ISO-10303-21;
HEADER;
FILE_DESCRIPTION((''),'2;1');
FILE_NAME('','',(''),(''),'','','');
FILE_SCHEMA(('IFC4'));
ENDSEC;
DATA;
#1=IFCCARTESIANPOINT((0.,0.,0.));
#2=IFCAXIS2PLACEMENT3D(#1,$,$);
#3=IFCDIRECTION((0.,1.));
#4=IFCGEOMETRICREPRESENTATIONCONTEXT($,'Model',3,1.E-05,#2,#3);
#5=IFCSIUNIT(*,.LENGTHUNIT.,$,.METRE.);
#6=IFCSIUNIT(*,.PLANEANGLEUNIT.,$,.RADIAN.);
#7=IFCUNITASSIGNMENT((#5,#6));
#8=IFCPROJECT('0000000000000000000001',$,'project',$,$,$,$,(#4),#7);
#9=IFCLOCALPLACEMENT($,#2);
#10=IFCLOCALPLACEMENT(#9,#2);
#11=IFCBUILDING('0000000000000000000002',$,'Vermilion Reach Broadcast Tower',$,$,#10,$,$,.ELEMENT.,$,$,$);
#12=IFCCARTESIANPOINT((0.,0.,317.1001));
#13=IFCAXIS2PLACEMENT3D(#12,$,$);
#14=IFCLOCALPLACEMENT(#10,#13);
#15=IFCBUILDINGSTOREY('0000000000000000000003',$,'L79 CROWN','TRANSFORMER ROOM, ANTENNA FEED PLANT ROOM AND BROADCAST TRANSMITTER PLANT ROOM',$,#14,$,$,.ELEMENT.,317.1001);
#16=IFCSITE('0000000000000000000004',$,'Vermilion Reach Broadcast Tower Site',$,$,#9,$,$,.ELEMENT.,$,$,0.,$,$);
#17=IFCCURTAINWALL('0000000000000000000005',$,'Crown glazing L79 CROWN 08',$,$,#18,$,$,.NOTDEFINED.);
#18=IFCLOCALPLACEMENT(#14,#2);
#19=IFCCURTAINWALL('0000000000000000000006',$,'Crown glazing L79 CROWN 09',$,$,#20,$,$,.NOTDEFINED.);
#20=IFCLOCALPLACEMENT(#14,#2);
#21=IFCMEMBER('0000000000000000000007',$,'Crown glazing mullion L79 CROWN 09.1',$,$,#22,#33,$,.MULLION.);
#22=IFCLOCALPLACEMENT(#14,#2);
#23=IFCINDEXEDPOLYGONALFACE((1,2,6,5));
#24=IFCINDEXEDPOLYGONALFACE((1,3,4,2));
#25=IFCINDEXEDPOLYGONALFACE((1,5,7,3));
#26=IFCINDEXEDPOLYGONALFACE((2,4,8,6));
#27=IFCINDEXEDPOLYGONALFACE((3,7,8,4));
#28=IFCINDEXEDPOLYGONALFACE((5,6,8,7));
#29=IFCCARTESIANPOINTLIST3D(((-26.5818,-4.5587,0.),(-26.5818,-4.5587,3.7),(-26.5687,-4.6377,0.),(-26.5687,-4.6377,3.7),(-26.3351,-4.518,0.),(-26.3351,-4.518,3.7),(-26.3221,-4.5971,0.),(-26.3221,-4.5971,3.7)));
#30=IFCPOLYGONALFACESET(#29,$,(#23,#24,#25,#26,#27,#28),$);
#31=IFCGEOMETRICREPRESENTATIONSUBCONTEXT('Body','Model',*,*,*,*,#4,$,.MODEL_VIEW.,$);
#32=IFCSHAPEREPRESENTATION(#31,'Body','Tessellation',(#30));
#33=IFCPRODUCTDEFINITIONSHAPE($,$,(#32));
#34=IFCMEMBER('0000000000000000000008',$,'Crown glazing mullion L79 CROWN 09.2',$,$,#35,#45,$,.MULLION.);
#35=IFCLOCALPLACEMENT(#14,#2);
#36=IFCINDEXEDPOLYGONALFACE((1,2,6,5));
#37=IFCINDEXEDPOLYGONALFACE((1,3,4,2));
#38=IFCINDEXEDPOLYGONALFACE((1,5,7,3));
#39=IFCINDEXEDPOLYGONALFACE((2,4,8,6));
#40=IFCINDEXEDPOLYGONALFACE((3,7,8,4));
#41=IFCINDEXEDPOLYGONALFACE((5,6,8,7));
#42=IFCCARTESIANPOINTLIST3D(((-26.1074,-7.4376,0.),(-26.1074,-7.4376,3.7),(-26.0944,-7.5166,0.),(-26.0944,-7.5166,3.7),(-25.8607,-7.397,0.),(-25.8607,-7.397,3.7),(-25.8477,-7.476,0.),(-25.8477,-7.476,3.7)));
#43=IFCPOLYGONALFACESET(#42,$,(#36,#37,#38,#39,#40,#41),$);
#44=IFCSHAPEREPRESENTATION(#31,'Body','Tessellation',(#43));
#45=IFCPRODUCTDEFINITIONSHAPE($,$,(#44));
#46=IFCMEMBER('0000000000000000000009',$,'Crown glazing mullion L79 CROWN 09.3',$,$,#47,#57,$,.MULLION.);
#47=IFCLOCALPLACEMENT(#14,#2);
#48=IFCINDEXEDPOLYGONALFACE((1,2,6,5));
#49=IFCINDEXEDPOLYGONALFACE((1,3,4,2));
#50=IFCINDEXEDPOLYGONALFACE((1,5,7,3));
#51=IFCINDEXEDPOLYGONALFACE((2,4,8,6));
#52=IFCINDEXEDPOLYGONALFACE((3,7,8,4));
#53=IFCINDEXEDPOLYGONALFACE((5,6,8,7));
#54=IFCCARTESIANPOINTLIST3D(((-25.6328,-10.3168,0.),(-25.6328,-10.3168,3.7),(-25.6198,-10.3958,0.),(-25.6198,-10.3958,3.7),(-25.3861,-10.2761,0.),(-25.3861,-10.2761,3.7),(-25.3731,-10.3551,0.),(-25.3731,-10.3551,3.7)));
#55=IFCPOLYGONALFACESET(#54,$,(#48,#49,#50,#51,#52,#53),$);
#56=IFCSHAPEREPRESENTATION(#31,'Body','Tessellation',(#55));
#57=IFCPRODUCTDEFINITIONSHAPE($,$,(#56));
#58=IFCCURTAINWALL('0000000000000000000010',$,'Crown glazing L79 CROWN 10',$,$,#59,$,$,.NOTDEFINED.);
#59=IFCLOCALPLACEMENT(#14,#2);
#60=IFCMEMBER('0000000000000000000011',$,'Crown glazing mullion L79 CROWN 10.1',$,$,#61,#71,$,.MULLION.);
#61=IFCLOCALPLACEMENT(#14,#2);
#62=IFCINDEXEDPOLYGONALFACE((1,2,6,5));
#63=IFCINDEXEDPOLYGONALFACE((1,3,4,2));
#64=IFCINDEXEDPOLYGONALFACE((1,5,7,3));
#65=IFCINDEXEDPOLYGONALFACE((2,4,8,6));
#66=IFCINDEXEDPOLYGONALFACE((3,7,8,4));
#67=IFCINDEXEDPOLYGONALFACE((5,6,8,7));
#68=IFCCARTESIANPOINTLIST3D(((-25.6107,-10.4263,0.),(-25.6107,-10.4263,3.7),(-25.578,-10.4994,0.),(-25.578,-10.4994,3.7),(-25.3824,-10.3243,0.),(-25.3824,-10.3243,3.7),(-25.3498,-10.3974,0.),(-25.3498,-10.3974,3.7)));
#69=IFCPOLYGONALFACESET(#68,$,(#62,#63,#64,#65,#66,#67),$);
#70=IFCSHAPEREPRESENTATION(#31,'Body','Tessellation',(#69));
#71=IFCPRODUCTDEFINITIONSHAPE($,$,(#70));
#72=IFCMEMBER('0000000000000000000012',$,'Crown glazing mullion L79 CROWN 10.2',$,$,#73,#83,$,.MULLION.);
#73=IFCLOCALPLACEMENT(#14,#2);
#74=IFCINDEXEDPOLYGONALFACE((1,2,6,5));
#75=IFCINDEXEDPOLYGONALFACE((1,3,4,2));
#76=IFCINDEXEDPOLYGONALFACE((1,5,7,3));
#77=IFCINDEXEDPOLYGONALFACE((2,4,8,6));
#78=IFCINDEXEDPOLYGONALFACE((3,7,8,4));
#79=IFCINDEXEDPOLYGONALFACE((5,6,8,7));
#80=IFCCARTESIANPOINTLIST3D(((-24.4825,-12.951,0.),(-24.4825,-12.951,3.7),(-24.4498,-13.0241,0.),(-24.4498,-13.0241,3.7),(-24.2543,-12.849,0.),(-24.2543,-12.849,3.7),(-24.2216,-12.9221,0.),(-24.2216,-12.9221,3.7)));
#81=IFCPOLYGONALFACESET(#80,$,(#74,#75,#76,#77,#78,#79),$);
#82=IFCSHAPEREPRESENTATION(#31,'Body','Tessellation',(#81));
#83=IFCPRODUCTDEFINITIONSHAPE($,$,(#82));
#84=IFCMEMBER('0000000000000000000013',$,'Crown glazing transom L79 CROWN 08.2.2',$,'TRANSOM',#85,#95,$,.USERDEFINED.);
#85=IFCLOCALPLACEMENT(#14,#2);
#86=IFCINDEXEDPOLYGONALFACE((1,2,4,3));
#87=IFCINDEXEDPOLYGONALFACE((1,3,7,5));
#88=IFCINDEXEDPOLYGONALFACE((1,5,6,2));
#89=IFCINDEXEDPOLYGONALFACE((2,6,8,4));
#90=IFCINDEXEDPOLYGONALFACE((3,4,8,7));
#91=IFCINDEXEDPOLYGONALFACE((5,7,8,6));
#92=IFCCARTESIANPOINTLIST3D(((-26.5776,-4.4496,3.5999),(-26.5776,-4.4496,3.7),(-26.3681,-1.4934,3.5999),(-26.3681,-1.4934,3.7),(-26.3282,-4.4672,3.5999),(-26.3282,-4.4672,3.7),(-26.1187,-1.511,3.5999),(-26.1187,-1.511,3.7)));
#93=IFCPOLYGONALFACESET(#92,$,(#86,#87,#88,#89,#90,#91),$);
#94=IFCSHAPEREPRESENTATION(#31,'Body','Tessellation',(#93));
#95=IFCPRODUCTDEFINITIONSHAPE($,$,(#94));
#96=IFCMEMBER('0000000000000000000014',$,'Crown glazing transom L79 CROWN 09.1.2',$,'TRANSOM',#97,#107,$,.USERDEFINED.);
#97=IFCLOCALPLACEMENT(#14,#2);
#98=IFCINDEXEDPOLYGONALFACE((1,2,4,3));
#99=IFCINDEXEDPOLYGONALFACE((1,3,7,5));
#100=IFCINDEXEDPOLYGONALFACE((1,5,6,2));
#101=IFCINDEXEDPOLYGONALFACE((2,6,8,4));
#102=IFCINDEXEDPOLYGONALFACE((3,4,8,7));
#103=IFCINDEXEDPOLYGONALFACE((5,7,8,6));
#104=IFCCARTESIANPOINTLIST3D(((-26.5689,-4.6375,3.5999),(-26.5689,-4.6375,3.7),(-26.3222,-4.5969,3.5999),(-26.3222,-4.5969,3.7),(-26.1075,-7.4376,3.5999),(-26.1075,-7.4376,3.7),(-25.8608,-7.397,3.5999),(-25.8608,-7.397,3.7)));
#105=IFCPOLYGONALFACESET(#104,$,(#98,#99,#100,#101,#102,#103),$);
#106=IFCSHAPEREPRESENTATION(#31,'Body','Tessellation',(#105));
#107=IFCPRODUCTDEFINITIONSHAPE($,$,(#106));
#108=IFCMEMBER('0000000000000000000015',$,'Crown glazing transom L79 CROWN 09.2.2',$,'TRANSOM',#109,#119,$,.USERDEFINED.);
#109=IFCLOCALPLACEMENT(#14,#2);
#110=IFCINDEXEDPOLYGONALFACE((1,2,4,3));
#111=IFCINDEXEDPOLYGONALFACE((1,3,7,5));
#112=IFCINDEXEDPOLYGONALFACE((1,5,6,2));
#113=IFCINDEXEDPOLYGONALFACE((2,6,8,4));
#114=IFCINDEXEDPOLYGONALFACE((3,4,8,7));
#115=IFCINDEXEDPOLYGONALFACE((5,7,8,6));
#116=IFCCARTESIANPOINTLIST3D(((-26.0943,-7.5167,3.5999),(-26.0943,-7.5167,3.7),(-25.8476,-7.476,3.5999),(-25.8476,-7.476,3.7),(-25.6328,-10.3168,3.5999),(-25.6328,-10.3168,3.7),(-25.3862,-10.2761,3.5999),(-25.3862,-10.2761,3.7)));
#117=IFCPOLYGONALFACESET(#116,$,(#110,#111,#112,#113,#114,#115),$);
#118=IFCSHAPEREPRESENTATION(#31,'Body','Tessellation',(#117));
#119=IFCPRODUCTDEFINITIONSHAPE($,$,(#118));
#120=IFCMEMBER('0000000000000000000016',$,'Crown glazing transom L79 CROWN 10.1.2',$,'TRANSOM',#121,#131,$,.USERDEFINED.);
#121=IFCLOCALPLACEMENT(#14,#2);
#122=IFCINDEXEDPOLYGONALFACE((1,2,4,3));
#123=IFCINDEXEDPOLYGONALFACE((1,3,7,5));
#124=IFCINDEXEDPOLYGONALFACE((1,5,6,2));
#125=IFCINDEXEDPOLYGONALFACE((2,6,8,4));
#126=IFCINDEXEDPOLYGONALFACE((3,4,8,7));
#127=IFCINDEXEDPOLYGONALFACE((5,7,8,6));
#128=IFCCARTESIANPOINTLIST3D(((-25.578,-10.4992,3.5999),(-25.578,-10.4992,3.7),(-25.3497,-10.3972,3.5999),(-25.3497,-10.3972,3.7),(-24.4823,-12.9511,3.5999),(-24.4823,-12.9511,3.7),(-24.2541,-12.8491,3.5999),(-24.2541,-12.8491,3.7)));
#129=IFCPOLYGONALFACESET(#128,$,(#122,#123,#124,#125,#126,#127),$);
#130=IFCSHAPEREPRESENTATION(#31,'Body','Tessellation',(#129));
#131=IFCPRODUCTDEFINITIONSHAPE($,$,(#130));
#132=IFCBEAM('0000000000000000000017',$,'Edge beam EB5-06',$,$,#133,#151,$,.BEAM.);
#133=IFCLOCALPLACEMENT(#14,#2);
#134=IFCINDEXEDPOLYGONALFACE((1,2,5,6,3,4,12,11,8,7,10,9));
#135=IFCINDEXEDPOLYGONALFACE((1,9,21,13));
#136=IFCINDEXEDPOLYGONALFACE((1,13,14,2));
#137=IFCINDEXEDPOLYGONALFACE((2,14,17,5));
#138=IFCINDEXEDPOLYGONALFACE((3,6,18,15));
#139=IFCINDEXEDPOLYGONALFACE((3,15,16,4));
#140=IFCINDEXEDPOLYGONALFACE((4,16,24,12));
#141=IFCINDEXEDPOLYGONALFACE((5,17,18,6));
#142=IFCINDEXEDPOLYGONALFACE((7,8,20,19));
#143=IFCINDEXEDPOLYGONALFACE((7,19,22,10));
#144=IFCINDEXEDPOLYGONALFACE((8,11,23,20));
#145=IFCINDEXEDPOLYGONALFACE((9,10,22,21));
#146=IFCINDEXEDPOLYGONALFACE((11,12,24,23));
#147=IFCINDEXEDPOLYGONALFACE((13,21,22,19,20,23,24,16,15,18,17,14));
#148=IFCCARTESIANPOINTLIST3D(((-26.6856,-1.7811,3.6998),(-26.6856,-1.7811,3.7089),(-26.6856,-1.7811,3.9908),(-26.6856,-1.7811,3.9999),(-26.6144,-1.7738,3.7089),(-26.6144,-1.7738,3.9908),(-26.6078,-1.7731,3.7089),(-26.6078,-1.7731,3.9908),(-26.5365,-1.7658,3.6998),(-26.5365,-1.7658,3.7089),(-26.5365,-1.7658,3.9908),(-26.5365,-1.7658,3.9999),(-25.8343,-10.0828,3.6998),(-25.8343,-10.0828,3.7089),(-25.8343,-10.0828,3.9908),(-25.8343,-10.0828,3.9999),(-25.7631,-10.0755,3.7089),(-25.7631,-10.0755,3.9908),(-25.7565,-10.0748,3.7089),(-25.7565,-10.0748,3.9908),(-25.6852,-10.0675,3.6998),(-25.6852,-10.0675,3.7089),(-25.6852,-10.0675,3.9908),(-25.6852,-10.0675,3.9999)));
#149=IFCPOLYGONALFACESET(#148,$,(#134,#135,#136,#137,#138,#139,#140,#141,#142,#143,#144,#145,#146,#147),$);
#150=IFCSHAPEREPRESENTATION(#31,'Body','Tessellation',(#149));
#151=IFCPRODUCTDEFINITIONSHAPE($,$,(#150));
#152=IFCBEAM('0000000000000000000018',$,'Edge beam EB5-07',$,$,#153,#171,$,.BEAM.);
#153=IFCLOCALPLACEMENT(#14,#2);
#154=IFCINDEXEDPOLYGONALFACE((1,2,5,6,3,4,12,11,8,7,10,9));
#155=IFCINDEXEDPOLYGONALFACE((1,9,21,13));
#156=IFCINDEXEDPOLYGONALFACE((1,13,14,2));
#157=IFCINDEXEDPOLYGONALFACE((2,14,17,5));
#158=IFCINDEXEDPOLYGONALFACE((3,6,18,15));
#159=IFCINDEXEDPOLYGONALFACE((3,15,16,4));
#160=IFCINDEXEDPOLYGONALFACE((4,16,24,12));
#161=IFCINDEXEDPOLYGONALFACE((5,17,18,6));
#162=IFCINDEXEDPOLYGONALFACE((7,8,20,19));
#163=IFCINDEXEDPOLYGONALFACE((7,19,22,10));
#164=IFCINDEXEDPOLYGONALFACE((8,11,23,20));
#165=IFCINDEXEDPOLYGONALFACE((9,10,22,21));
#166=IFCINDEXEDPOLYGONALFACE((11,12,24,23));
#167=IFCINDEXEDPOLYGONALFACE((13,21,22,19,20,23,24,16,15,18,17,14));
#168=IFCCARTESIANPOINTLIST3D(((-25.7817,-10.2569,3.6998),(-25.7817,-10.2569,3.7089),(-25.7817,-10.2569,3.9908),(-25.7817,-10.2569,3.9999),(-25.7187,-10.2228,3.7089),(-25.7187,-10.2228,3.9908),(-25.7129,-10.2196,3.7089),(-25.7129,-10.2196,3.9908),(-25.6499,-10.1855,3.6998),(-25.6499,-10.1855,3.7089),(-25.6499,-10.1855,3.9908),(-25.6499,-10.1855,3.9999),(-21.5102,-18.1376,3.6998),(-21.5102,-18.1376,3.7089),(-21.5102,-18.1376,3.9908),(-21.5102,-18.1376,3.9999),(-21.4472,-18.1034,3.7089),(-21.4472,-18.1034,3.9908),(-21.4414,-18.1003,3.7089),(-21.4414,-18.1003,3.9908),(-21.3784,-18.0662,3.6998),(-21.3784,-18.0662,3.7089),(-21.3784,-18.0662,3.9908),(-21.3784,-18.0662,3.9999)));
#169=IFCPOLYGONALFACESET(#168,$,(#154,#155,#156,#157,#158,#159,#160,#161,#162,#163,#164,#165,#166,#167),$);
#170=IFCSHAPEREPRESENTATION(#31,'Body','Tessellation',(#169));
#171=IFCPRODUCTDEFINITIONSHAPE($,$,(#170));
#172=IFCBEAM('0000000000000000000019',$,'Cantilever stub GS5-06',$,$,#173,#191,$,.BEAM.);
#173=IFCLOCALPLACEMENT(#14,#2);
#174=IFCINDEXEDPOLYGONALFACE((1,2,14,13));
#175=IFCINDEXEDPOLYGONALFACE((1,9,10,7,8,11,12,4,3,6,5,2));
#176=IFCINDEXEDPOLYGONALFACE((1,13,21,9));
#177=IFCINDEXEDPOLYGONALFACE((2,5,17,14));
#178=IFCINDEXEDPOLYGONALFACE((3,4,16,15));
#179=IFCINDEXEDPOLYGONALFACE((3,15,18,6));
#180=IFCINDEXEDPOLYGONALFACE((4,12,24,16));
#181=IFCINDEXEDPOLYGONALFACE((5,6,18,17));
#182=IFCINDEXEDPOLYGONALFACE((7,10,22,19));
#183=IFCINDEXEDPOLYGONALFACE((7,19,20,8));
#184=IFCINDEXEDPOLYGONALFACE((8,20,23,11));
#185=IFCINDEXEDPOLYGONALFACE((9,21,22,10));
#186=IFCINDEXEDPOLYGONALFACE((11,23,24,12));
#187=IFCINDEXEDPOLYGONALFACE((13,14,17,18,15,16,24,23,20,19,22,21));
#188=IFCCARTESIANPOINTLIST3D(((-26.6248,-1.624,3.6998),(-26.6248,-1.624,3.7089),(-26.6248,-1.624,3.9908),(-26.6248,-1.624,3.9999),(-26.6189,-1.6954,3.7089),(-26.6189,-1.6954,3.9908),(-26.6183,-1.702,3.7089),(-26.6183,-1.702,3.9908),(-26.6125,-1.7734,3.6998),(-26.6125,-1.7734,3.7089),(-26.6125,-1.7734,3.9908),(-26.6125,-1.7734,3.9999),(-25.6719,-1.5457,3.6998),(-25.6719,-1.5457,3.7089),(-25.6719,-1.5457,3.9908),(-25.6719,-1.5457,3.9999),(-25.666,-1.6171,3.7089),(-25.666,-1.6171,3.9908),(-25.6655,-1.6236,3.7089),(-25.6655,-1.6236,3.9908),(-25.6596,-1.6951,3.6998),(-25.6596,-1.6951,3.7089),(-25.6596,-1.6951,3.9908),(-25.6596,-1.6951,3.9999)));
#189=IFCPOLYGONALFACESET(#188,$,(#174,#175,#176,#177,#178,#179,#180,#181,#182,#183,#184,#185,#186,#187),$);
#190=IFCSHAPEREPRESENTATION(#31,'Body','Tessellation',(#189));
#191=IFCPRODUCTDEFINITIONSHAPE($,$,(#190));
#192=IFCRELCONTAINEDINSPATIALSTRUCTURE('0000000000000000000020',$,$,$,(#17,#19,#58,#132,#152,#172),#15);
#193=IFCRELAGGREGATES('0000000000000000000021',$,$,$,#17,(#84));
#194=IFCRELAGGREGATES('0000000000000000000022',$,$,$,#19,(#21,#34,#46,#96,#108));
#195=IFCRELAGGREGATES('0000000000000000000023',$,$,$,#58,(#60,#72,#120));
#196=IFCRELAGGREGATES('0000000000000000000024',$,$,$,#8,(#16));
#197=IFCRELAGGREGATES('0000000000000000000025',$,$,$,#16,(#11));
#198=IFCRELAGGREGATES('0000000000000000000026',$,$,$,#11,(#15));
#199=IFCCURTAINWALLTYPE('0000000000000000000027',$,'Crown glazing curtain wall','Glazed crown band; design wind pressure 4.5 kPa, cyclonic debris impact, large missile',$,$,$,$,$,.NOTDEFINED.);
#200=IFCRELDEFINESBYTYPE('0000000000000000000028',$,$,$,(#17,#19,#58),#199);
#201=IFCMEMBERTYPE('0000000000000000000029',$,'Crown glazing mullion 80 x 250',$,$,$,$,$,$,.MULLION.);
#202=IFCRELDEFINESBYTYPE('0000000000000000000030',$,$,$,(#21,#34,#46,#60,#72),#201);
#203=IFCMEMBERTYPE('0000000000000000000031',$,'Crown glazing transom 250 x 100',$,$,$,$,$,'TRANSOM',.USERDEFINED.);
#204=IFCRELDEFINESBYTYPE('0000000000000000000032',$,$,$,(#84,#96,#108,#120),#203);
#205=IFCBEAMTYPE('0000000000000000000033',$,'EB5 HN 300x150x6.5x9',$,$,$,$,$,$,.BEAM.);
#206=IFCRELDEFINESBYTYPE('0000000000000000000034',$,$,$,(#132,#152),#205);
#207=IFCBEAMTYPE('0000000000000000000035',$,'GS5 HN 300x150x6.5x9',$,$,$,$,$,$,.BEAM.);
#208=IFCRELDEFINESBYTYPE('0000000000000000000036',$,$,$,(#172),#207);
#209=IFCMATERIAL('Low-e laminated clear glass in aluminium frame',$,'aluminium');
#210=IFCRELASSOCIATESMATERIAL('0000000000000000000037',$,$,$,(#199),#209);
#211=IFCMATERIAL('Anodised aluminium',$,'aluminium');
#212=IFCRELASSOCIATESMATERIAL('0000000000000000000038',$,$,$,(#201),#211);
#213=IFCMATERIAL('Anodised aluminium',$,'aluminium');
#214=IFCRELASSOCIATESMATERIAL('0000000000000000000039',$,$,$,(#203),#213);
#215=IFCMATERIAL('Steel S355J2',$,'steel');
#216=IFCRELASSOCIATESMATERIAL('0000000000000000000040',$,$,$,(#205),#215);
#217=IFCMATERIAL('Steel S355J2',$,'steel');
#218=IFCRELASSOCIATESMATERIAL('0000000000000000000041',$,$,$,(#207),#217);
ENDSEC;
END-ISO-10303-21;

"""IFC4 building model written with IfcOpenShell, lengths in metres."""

from ifc_helpers import new_model, si_unit, direction, frame, origin, origin_2d, place, context, subcontext, project, spatial, rectangle, i_section, extrude, material, material_profile, profile_set, type_object, element, aggregate, save


model = new_model("IFC4")

# Units and contexts
model_context = context("Model", 3, precision=1e-05, world=origin(), true_north=direction((0.0, 1.0)))
body_context = subcontext(model_context, "Body", "Model", "MODEL_VIEW")
ifc_project = project(units=[si_unit("LENGTHUNIT", "METRE"), si_unit("PLANEANGLEUNIT", "RADIAN")], contexts=[model_context])

# Site, building, storey
site_placement = place(None, origin())
site = spatial("IfcSite", under=ifc_project, at=site_placement, Name="Vermilion Reach Broadcast Tower Site", CompositionType="ELEMENT", RefElevation=0.0)
building_placement = place(site_placement, origin())
building = spatial("IfcBuilding", under=site, at=building_placement, Name="Vermilion Reach Broadcast Tower", CompositionType="ELEMENT")
storey_placement = place(building_placement, frame((0.0, 0.0, 317.1001)))
storey = spatial("IfcBuildingStorey", under=building, at=storey_placement, Name="L79 CROWN", Description="TRANSFORMER ROOM, ANTENNA FEED PLANT ROOM AND BROADCAST TRANSMITTER PLANT ROOM", CompositionType="ELEMENT", Elevation=317.1001)

# Curtain walls, members
ifc_material_1 = material(Name="Low-e laminated clear glass in aluminium frame", Category="aluminium")
curtain_wall_type = type_object("IfcCurtainWallType", Name="Crown glazing curtain wall", Description="Glazed crown band; design wind pressure 4.5 kPa, cyclonic debris impact, large missile", PredefinedType="NOTDEFINED", material=ifc_material_1)
placement = place(storey_placement, origin())
curtain_wall_1 = element("IfcCurtainWall", 1, at=placement, inside=storey, type_object=curtain_wall_type, Name="Crown glazing L79 CROWN 08", PredefinedType="NOTDEFINED")
ifc_material_2 = material(Name="Anodised aluminium", Category="aluminium")
ifc_material_profile_1 = material_profile(ifc_material_2, rectangle(XDim=0.25, YDim=0.0801, at=origin_2d()), Name="Crown glazing mullion 80 x 250")
ifc_profile_set_1 = profile_set([ifc_material_profile_1], Name="Anodised aluminium")
member_type_1 = type_object("IfcMemberType", Name="Crown glazing mullion 80 x 250", PredefinedType="MULLION", material=ifc_profile_set_1)
curtain_wall_2 = element("IfcCurtainWall", 2, at=placement, inside=storey, type_object=curtain_wall_type, Name="Crown glazing L79 CROWN 09", PredefinedType="NOTDEFINED")
member_1_placement = place(storey_placement, frame((-26.4519, -4.5779, 0.0), z_axis=(0.0, 0.0, 1.0), x_axis=(0.986689, 0.162618, 0.0)))
member_1 = element("IfcMember", 3, at=member_1_placement, type_object=member_type_1, Name="Crown glazing mullion L79 CROWN 09.1", PredefinedType="MULLION", context=body_context, shape_type="SweptSolid", body=[
    extrude(rectangle(XDim=0.25, YDim=0.0801, at=origin_2d()), origin(), (0.0, 0.0, 1.0), 3.7),
])
member_2_placement = place(storey_placement, frame((-25.9775, -7.4568, 0.0), z_axis=(0.0, 0.0, 1.0), x_axis=(0.986689, 0.162618, 0.0)))
member_2 = element("IfcMember", 4, at=member_2_placement, type_object=member_type_1, Name="Crown glazing mullion L79 CROWN 09.2", PredefinedType="MULLION", context=body_context, shape_type="SweptSolid", body=[
    extrude(rectangle(XDim=0.25, YDim=0.0801, at=origin_2d()), origin(), (0.0, 0.0, 1.0), 3.7),
])
member_3_placement = place(storey_placement, frame((-25.5029, -10.3359, 0.0), z_axis=(0.0, 0.0, 1.0), x_axis=(0.986689, 0.162618, 0.0)))
member_3 = element("IfcMember", 5, at=member_3_placement, type_object=member_type_1, Name="Crown glazing mullion L79 CROWN 09.3", PredefinedType="MULLION", context=body_context, shape_type="SweptSolid", body=[
    extrude(rectangle(XDim=0.25, YDim=0.0801, at=origin_2d()), origin(), (0.0, 0.0, 1.0), 3.7),
])
curtain_wall_3 = element("IfcCurtainWall", 6, at=placement, inside=storey, type_object=curtain_wall_type, Name="Crown glazing L79 CROWN 10", PredefinedType="NOTDEFINED")
member_4_placement = place(storey_placement, frame((-25.4802, -10.4119, 0.0), z_axis=(0.0, 0.0, 1.0), x_axis=(0.912989, 0.407985, 0.0)))
member_4 = element("IfcMember", 7, at=member_4_placement, type_object=member_type_1, Name="Crown glazing mullion L79 CROWN 10.1", PredefinedType="MULLION", context=body_context, shape_type="SweptSolid", body=[
    extrude(rectangle(XDim=0.25, YDim=0.0801, at=origin_2d()), origin(), (0.0, 0.0, 1.0), 3.7),
])
member_5_placement = place(storey_placement, frame((-24.3521, -12.9365, 0.0), z_axis=(0.0, 0.0, 1.0), x_axis=(0.912989, 0.407985, 0.0)))
member_5 = element("IfcMember", 8, at=member_5_placement, type_object=member_type_1, Name="Crown glazing mullion L79 CROWN 10.2", PredefinedType="MULLION", context=body_context, shape_type="SweptSolid", body=[
    extrude(rectangle(XDim=0.25, YDim=0.0801, at=origin_2d()), origin(), (0.0, 0.0, 1.0), 3.7),
])

# Members
ifc_material_3 = material(Name="Anodised aluminium", Category="aluminium")
ifc_material_profile_2 = material_profile(ifc_material_3, rectangle(XDim=0.25, YDim=0.1001, at=origin_2d()), Name="Crown glazing transom 250 x 100")
ifc_profile_set_2 = profile_set([ifc_material_profile_2], Name="Anodised aluminium")
member_type_2 = type_object("IfcMemberType", Name="Crown glazing transom 250 x 100", ElementType="TRANSOM", PredefinedType="USERDEFINED", material=ifc_profile_set_2)
member_6_placement = place(storey_placement, frame((-26.2434, -1.5022, 3.6499), z_axis=(-0.070679, -0.997499, 0.0), x_axis=(0.997499, -0.070679, 0.0)))
member_6 = element("IfcMember", 9, at=member_6_placement, type_object=member_type_2, Name="Crown glazing transom L79 CROWN 08.2.2", ObjectType="TRANSOM", PredefinedType="USERDEFINED", context=body_context, shape_type="SweptSolid", body=[
    extrude(rectangle(XDim=0.25, YDim=0.1001, at=origin_2d()), origin(), (0.0, 0.0, 1.0), 2.9636),
])
member_7_placement = place(storey_placement, frame((-26.4456, -4.6172, 3.6499), z_axis=(0.162599, -0.986692, 0.0), x_axis=(0.986692, 0.162599, 0.0)))
member_7 = element("IfcMember", 10, at=member_7_placement, type_object=member_type_2, Name="Crown glazing transom L79 CROWN 09.1.2", ObjectType="TRANSOM", PredefinedType="USERDEFINED", context=body_context, shape_type="SweptSolid", body=[
    extrude(rectangle(XDim=0.25, YDim=0.1001, at=origin_2d()), origin(), (0.0, 0.0, 1.0), 2.8379),
])
member_8_placement = place(storey_placement, frame((-25.9709, -7.4963, 3.6499), z_axis=(0.162599, -0.986692, 0.0), x_axis=(0.986692, 0.162599, 0.0)))
member_8 = element("IfcMember", 11, at=member_8_placement, type_object=member_type_2, Name="Crown glazing transom L79 CROWN 09.2.2", ObjectType="TRANSOM", PredefinedType="USERDEFINED", context=body_context, shape_type="SweptSolid", body=[
    extrude(rectangle(XDim=0.25, YDim=0.1001, at=origin_2d()), origin(), (0.0, 0.0, 1.0), 2.8379),
])
member_9_placement = place(storey_placement, frame((-25.4639, -10.4482, 3.6499), z_axis=(0.407993, -0.912985, 0.0), x_axis=(0.912985, 0.407993, 0.0)))
member_9 = element("IfcMember", 12, at=member_9_placement, type_object=member_type_2, Name="Crown glazing transom L79 CROWN 10.1.2", ObjectType="TRANSOM", PredefinedType="USERDEFINED", context=body_context, shape_type="SweptSolid", body=[
    extrude(rectangle(XDim=0.25, YDim=0.1001, at=origin_2d()), origin(), (0.0, 0.0, 1.0), 2.6855),
])

# Beams
ifc_material_4 = material(Name="Steel S355J2", Category="steel")
ifc_material_profile_3 = material_profile(ifc_material_4, i_section(OverallWidth=0.1499, OverallDepth=0.3, WebThickness=0.0066, FlangeThickness=0.009, at=origin_2d()), Name="S355J2 HN 300x150x6.5x9")
ifc_profile_set_3 = profile_set([ifc_material_profile_3], Name="Steel S355J2")
beam_type_1 = type_object("IfcBeamType", Name="EB5 HN 300x150x6.5x9", PredefinedType="BEAM", material=ifc_profile_set_3)
beam_1_placement = place(storey_placement, frame((-26.6111, -1.7734, 3.8499), z_axis=(0.102012, -0.994783, 0.0), x_axis=(0.994783, 0.102012, 0.0)))
element("IfcBeam", 13, at=beam_1_placement, inside=storey, type_object=beam_type_1, Name="Edge beam EB5-06", PredefinedType="BEAM", context=body_context, shape_type="SweptSolid", body=[
    extrude(i_section(OverallWidth=0.1499, OverallDepth=0.3, WebThickness=0.0066, FlangeThickness=0.009, at=origin_2d()), origin(), (0.0, 0.0, 1.0), 8.3452),
])
beam_2_placement = place(storey_placement, frame((-25.7158, -10.2212, 3.8499), z_axis=(0.476526, -0.87916, 0.0), x_axis=(0.87916, 0.476526, 0.0)))
element("IfcBeam", 14, at=beam_2_placement, inside=storey, type_object=beam_type_1, Name="Edge beam EB5-07", PredefinedType="BEAM", context=body_context, shape_type="SweptSolid", body=[
    extrude(i_section(OverallWidth=0.1499, OverallDepth=0.3, WebThickness=0.0066, FlangeThickness=0.009, at=origin_2d()), origin(), (0.0, 0.0, 1.0), 8.9639),
])
ifc_material_5 = material(Name="Steel S355J2", Category="steel")
ifc_material_profile_4 = material_profile(ifc_material_5, i_section(OverallWidth=0.1499, OverallDepth=0.3, WebThickness=0.0066, FlangeThickness=0.009, at=origin_2d()), Name="S355J2 HN 300x150x6.5x9")
ifc_profile_set_4 = profile_set([ifc_material_profile_4], Name="Steel S355J2")
beam_type_2 = type_object("IfcBeamType", Name="GS5 HN 300x150x6.5x9", PredefinedType="BEAM", material=ifc_profile_set_4)
beam_3_placement = place(storey_placement, frame((-25.6658, -1.6204, 3.8499), z_axis=(-0.996635, -0.081968, 0.0), x_axis=(0.081968, -0.996635, 0.0)))
element("IfcBeam", 15, at=beam_3_placement, inside=storey, type_object=beam_type_2, Name="Cantilever stub GS5-06", PredefinedType="BEAM", context=body_context, shape_type="SweptSolid", body=[
    extrude(i_section(OverallWidth=0.1499, OverallDepth=0.3, WebThickness=0.0066, FlangeThickness=0.009, at=origin_2d()), origin(), (0.0, 0.0, 1.0), 0.9561),
])

aggregate(curtain_wall_1, [member_6])
aggregate(curtain_wall_2, [member_1, member_2, member_3, member_7, member_8])
aggregate(curtain_wall_3, [member_4, member_5, member_9])

save(model, "model.ifc")
